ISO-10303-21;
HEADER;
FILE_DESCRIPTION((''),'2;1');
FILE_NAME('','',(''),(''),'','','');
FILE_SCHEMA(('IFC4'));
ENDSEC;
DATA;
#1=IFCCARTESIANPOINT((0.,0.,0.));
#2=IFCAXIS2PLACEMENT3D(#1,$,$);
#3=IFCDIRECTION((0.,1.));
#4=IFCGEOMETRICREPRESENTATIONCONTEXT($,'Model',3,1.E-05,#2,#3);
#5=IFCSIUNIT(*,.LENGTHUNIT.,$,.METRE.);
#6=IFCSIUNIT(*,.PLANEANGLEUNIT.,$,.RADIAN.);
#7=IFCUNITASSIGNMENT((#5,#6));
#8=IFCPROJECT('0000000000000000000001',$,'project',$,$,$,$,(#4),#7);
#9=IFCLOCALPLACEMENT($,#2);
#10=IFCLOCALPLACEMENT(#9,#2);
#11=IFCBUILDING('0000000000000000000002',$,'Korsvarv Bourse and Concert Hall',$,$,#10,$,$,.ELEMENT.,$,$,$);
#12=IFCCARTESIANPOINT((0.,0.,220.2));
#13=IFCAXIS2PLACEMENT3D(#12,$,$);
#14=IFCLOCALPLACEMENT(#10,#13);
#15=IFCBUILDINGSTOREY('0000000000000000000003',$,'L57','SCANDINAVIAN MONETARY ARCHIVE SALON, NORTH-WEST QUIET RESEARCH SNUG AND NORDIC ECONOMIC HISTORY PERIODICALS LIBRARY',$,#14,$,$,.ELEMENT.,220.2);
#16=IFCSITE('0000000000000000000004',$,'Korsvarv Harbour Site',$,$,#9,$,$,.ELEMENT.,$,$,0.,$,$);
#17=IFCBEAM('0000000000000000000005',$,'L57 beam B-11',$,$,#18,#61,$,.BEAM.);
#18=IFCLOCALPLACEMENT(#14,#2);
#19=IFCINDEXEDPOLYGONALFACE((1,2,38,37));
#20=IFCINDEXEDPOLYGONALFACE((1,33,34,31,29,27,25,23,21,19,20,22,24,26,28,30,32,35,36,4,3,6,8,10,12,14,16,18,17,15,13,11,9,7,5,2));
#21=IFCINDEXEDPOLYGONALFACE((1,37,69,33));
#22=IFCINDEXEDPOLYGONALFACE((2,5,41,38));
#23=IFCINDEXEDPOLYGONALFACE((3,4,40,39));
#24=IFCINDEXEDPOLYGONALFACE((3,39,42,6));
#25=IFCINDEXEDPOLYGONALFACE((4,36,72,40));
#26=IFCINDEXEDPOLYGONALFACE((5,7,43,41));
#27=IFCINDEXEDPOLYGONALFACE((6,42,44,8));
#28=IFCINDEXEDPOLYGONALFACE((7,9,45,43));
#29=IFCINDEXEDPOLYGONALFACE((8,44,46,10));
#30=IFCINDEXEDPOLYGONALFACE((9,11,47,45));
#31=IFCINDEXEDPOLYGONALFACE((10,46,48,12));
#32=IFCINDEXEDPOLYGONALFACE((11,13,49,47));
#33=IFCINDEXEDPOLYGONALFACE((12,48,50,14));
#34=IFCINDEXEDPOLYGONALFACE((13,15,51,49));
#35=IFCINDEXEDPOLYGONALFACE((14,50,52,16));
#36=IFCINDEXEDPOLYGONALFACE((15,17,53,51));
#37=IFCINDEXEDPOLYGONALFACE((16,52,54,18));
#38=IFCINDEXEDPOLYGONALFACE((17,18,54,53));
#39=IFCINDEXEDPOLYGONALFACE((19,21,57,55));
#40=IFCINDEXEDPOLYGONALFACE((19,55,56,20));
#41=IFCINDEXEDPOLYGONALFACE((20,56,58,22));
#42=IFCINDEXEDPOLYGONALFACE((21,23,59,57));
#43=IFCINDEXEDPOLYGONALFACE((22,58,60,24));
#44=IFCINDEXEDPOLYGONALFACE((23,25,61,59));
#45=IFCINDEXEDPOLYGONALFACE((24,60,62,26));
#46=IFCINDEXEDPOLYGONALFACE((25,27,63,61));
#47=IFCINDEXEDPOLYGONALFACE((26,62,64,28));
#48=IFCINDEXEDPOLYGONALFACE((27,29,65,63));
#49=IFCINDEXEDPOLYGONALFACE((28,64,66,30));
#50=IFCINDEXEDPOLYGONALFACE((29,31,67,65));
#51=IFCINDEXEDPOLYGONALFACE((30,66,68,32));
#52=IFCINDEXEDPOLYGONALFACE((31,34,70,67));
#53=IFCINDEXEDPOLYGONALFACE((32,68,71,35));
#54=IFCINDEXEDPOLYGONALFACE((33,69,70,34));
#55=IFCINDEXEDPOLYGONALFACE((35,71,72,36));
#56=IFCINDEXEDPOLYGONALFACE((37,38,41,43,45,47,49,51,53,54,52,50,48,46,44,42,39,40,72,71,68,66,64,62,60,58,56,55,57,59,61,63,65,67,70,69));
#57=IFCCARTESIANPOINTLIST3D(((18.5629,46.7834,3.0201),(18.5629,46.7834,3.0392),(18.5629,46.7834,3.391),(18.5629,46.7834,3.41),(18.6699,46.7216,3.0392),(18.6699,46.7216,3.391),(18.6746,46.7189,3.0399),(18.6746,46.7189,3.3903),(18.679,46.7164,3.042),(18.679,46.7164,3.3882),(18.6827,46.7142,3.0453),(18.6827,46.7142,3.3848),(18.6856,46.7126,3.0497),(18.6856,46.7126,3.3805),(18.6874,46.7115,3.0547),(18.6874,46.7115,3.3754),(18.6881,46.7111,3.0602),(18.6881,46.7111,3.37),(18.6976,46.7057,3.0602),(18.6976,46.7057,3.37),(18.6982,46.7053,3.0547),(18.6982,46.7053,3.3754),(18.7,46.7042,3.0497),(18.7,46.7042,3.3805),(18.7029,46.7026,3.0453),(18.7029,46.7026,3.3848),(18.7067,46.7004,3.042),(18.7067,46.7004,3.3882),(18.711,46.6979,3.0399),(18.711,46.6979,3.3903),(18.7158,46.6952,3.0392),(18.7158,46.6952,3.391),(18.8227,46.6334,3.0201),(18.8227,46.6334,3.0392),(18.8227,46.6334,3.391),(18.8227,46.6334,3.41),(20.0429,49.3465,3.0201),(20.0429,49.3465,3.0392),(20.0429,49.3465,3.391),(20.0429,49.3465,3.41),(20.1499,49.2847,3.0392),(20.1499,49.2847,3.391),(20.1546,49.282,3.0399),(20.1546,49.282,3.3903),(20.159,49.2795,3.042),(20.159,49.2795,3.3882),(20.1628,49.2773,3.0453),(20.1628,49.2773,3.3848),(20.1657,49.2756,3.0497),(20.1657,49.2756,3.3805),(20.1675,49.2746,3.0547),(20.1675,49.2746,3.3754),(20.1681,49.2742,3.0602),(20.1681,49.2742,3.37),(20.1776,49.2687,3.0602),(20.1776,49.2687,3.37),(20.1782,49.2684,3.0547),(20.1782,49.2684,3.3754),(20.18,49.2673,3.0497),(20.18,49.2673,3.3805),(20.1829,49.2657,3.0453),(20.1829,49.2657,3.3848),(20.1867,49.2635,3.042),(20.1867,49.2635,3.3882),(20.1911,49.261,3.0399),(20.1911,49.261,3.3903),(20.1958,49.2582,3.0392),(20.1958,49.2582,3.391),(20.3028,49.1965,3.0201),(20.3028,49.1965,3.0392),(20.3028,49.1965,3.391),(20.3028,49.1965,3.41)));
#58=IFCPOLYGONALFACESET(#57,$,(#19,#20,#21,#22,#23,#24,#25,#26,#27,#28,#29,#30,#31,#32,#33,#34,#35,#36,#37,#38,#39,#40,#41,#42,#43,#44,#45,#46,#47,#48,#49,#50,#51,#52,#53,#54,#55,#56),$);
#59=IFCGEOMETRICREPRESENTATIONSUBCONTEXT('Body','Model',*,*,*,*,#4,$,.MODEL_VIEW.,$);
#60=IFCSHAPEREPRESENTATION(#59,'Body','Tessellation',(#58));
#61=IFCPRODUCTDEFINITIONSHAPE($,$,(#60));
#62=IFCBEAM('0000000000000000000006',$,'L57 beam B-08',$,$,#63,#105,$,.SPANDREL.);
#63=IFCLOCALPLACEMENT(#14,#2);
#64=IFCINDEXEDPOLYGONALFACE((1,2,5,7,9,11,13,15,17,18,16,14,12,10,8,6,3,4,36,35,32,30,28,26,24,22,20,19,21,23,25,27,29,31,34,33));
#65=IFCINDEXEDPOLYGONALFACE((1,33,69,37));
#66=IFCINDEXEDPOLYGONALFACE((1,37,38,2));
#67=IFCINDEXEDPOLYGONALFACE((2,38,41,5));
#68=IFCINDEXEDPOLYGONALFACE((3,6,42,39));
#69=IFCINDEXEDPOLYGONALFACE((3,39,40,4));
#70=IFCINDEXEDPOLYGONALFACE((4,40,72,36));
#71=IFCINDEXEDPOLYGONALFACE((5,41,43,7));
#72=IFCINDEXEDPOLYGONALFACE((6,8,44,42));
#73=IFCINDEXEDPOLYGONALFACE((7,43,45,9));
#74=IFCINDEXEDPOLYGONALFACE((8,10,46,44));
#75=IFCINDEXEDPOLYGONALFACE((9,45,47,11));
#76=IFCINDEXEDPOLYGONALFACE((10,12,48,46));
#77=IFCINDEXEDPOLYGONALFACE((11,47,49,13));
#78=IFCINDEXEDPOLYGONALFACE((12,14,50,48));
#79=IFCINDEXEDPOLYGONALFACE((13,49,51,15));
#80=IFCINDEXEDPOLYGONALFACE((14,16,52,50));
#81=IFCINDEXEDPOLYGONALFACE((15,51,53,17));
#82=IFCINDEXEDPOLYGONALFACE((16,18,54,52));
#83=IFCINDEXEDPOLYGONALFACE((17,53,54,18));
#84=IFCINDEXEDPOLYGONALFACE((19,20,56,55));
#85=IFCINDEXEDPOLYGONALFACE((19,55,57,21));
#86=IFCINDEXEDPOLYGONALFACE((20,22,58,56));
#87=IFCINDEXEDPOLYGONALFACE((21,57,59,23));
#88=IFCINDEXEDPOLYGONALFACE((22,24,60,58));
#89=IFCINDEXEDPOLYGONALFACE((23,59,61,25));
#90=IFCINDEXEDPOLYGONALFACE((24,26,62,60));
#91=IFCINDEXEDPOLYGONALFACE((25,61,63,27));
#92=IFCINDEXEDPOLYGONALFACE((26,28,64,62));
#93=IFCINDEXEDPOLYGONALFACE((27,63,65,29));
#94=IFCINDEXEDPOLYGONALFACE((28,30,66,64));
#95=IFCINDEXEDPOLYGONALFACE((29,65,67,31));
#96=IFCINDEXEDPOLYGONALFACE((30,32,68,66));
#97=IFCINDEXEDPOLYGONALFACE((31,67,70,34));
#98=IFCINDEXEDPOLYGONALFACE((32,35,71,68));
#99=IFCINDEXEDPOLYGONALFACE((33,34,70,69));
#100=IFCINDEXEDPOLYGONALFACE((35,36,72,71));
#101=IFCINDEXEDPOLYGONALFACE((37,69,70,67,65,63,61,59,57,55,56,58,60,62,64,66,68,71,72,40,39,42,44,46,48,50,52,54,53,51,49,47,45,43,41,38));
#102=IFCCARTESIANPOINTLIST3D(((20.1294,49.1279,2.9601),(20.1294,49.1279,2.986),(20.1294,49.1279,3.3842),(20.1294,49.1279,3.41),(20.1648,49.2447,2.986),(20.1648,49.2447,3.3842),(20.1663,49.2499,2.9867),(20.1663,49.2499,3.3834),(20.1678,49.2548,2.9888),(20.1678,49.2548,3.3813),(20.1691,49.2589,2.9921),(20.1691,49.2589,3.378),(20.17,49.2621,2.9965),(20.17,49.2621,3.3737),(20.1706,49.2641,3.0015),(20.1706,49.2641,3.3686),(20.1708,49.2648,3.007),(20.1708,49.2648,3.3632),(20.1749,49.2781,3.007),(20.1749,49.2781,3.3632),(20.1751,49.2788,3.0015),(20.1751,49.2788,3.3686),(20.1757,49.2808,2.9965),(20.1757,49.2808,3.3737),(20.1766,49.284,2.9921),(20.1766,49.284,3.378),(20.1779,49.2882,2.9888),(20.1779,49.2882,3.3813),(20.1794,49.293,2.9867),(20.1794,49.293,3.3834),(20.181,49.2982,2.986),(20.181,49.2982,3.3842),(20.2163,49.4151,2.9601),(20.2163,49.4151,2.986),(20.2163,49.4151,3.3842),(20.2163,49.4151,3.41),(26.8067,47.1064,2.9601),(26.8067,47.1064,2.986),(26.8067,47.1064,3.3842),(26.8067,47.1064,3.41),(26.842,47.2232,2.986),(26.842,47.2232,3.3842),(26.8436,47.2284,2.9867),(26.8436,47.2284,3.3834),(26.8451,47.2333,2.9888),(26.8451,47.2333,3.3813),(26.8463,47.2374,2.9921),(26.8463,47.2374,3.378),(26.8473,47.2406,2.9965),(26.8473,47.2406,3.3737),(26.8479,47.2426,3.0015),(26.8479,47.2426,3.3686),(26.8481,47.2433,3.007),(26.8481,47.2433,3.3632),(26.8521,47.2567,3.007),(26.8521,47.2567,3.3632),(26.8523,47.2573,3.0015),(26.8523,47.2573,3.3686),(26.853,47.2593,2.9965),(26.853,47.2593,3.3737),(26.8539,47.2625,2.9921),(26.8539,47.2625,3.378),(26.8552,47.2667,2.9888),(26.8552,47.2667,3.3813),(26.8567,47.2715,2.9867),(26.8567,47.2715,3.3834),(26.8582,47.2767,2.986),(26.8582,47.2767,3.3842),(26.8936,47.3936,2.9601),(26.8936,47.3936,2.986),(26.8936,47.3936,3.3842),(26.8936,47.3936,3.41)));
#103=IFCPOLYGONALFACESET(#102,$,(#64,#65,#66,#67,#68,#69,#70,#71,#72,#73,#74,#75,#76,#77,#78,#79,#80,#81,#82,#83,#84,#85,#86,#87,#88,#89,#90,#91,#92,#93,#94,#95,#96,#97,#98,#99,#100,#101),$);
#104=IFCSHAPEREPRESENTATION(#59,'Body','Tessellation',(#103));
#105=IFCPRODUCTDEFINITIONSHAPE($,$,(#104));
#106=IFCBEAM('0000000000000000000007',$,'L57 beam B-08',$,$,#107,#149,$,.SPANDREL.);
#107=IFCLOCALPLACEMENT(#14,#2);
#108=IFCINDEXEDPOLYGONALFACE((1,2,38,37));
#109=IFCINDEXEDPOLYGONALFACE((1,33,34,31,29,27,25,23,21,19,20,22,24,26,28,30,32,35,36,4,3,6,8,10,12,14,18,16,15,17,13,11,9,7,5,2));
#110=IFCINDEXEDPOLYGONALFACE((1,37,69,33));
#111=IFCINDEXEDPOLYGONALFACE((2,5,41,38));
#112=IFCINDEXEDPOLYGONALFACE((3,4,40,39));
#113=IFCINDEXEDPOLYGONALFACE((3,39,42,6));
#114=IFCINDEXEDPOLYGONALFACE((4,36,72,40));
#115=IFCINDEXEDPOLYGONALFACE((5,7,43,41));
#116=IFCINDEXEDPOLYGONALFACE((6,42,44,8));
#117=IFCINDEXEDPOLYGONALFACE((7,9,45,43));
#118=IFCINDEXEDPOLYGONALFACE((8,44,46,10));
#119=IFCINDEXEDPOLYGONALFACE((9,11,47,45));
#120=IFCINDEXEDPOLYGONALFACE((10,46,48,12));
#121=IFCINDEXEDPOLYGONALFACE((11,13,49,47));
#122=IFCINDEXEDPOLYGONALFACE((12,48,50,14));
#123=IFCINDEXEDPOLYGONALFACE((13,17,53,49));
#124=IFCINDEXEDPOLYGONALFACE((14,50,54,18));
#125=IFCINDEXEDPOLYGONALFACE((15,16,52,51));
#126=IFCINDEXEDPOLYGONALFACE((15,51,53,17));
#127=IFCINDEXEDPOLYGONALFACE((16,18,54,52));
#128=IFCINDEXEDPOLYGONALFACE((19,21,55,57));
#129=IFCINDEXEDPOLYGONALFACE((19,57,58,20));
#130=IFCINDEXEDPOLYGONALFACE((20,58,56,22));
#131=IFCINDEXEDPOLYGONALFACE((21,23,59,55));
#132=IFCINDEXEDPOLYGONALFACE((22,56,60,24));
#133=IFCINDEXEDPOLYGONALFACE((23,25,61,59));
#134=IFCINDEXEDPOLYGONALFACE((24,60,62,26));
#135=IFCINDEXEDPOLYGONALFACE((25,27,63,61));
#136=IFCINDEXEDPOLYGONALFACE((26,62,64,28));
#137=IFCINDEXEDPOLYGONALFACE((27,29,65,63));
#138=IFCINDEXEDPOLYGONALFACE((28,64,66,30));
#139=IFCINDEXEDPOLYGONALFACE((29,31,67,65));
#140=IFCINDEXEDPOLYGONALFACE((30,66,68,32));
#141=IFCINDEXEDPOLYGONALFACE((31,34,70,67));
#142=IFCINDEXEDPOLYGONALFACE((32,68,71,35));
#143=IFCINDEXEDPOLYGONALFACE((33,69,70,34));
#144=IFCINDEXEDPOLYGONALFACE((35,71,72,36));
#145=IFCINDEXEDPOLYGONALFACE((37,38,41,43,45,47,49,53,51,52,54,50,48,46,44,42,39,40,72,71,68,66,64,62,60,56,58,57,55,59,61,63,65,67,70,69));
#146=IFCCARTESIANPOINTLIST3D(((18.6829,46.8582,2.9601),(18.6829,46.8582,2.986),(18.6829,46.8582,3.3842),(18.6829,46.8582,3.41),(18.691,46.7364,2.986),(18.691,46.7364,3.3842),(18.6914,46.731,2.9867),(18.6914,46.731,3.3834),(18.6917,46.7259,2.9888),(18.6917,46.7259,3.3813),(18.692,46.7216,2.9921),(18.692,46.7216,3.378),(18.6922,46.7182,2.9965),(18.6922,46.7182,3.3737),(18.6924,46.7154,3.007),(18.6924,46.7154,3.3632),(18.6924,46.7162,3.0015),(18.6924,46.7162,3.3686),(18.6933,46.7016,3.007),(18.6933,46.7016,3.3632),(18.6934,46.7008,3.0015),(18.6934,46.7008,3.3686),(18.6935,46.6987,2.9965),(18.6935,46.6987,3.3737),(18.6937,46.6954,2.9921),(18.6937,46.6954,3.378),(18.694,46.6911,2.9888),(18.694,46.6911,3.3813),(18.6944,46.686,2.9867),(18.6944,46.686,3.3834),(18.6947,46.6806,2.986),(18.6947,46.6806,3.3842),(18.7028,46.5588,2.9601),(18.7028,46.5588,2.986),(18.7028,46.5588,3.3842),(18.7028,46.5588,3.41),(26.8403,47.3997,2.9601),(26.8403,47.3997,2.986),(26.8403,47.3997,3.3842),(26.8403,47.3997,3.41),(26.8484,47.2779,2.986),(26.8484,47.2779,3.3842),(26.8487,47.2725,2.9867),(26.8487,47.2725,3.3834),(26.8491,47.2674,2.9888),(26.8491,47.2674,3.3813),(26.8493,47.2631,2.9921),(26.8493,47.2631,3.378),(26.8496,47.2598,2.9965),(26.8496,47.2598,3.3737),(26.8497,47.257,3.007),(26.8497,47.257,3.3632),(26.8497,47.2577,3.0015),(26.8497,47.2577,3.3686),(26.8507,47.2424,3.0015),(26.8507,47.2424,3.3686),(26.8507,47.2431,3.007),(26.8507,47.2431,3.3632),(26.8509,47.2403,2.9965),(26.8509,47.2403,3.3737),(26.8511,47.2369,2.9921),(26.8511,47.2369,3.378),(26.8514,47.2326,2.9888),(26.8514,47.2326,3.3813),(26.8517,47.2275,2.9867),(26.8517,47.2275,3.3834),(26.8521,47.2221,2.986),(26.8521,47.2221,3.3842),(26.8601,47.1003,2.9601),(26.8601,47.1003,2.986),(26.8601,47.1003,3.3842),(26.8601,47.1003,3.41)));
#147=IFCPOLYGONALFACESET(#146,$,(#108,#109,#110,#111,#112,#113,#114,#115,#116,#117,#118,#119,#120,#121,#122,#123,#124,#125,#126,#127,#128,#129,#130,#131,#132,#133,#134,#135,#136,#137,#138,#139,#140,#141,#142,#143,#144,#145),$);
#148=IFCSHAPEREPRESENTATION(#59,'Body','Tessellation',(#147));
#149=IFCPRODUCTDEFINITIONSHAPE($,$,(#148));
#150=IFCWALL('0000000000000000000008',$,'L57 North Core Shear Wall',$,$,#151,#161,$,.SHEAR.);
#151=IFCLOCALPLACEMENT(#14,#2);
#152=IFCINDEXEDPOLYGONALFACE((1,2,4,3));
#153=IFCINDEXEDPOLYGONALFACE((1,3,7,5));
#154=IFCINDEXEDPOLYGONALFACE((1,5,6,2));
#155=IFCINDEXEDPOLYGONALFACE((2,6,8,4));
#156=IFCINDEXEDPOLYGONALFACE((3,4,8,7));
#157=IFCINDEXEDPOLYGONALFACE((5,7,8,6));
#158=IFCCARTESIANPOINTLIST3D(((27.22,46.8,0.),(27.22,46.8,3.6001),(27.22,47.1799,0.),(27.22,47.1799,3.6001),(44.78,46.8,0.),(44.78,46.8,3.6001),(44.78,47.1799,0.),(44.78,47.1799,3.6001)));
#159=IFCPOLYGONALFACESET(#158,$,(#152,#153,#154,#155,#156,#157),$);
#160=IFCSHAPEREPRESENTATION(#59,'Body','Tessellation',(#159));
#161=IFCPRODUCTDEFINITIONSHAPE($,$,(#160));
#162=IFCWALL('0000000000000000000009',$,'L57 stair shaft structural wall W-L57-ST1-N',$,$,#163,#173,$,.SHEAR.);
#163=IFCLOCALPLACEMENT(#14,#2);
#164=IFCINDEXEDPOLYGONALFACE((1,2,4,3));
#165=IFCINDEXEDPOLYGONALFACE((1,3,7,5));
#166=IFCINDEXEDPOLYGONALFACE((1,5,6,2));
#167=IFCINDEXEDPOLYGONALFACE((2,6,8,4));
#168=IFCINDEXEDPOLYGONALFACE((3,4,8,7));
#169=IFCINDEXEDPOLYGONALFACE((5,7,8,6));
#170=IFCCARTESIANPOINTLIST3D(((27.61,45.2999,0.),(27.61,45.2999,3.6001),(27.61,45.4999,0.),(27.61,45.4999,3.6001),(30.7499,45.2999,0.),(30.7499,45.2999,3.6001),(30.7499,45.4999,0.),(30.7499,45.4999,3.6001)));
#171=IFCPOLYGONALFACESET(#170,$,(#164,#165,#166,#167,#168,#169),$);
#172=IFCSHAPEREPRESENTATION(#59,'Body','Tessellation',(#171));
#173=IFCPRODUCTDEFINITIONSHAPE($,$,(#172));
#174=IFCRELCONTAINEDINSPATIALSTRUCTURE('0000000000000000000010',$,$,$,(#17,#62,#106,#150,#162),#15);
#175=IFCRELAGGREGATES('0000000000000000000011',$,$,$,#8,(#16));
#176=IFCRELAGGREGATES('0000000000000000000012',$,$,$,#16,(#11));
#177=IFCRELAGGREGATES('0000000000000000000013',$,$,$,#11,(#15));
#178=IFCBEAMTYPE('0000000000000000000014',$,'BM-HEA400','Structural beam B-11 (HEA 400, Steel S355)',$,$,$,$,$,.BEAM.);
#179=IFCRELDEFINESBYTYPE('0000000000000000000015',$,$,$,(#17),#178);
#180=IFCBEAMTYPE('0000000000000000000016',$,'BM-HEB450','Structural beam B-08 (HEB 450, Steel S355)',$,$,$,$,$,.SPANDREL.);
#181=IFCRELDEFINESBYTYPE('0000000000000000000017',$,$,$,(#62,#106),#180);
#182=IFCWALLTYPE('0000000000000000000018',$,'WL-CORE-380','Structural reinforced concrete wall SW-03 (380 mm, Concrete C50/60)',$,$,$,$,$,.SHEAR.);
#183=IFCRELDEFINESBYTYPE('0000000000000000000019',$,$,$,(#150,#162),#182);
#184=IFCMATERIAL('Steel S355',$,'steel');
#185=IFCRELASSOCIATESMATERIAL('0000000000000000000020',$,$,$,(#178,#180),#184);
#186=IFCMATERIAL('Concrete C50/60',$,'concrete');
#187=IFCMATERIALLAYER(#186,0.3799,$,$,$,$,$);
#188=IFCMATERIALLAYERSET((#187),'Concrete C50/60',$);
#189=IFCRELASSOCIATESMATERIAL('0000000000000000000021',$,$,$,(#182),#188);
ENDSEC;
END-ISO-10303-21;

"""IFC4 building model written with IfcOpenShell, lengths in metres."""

from ifc_helpers import new_model, si_unit, direction, frame, frame_2d, origin, origin_2d, place, context, subcontext, project, spatial, rectangle, i_section, extrude, source, transform, mapped, material, layer, layer_set, material_profile, profile_set, type_object, element, save


model = new_model("IFC4")

# Units and contexts
model_context = context("Model", 3, precision=1e-05, world=origin(), true_north=direction((0.0, 1.0)))
body_context = subcontext(model_context, "Body", "Model", "MODEL_VIEW")
ifc_project = project(units=[si_unit("LENGTHUNIT", "METRE"), si_unit("PLANEANGLEUNIT", "RADIAN")], contexts=[model_context])

# Site, building, storey
site_placement = place(None, origin())
site = spatial("IfcSite", under=ifc_project, at=site_placement, Name="Korsvarv Harbour Site", CompositionType="ELEMENT", RefElevation=0.0)
building_placement = place(site_placement, origin())
building = spatial("IfcBuilding", under=site, at=building_placement, Name="Korsvarv Bourse and Concert Hall", CompositionType="ELEMENT")
storey_placement = place(building_placement, frame((0.0, 0.0, 220.2)))
storey = spatial("IfcBuildingStorey", under=building, at=storey_placement, Name="L57", Description="SCANDINAVIAN MONETARY ARCHIVE SALON, NORTH-WEST QUIET RESEARCH SNUG AND NORDIC ECONOMIC HISTORY PERIODICALS LIBRARY", CompositionType="ELEMENT", Elevation=220.2)

# Shared definitions
ifc_material_1 = material(Name="Steel S355", Category="steel")

# Beams
ifc_material_profile_1 = material_profile(ifc_material_1, i_section(OverallWidth=0.3, OverallDepth=0.3899, WebThickness=0.011, FlangeThickness=0.019, FilletRadius=0.021, at=origin_2d()), Name="HEA 400")
ifc_profile_set_1 = profile_set([ifc_material_profile_1], Name="Steel S355")
beam_type_1 = type_object("IfcBeamType", Name="BM-HEA400", Description="Structural beam B-11 (HEA 400, Steel S355)", PredefinedType="BEAM", material=ifc_profile_set_1)
shared_shape_1 = source(origin(), body_context, "Body", "SweptSolid", [
    extrude(i_section(OverallWidth=0.3, OverallDepth=0.3899, WebThickness=0.011, FlangeThickness=0.019, FilletRadius=0.021, at=origin_2d()), origin(), (0.0, 0.0, 1.0), 2.9597),
])
beam_1_placement = place(storey_placement, frame((20.1729, 49.2715, 3.2151), z_axis=(-0.50006, -0.865991, 0.0), x_axis=(0.865991, -0.50006, 0.0)))
element("IfcBeam", 1, at=beam_1_placement, inside=storey, type_object=beam_type_1, Name="L57 beam B-11", PredefinedType="BEAM", context=body_context, shape_type="MappedRepresentation", body=[
    mapped(shared_shape_1, transform((0.0, 0.0, 0.0), scale=1.0)),
])
ifc_material_profile_2 = material_profile(ifc_material_1, i_section(OverallWidth=0.3, OverallDepth=0.45, WebThickness=0.0139, FlangeThickness=0.0259, FilletRadius=0.021, at=origin_2d()), Name="HEB 450")
ifc_profile_set_2 = profile_set([ifc_material_profile_2], Name="Steel S355")
beam_type_2 = type_object("IfcBeamType", Name="BM-HEB450", Description="Structural beam B-08 (HEB 450, Steel S355)", PredefinedType="SPANDREL", material=ifc_profile_set_2)
shared_shape_2 = source(origin(), body_context, "Body", "SweptSolid", [
    extrude(i_section(OverallWidth=0.3, OverallDepth=0.45, WebThickness=0.0139, FlangeThickness=0.0259, FilletRadius=0.021, at=origin_2d()), origin(), (0.0, 0.0, 1.0), 6.9766),
])
beam_2_placement = place(storey_placement, frame((20.1729, 49.2715, 3.1851), z_axis=(0.957101, -0.289755, 0.0), x_axis=(0.289755, 0.957101, 0.0)))
element("IfcBeam", 2, at=beam_2_placement, inside=storey, type_object=beam_type_2, Name="L57 beam B-08", PredefinedType="SPANDREL", context=body_context, shape_type="MappedRepresentation", body=[
    mapped(shared_shape_2, transform((0.0, 0.0, 0.0), scale=1.0)),
])
shared_shape_3 = source(origin(), body_context, "Body", "SweptSolid", [
    extrude(i_section(OverallWidth=0.3, OverallDepth=0.45, WebThickness=0.0139, FlangeThickness=0.0259, FilletRadius=0.021, at=origin_2d()), origin(), (0.0, 0.0, 1.0), 8.1753),
])
beam_3_placement = place(storey_placement, frame((18.6929, 46.7085, 3.1851), z_axis=(0.997804, 0.066238, 0.0), x_axis=(-0.066238, 0.997804, 0.0)))
element("IfcBeam", 3, at=beam_3_placement, inside=storey, type_object=beam_type_2, Name="L57 beam B-08", PredefinedType="SPANDREL", context=body_context, shape_type="MappedRepresentation", body=[
    mapped(shared_shape_3, transform((0.0, 0.0, 0.0), scale=1.0)),
])

# Walls
ifc_material_2 = material(Name="Concrete C50/60", Category="concrete")
ifc_layer_1 = layer(ifc_material_2, 0.3799)
ifc_layer_set_1 = layer_set([ifc_layer_1], Name="Concrete C50/60")
wall_type_1 = type_object("IfcWallType", Name="WL-CORE-380", Description="Structural reinforced concrete wall SW-03 (380 mm, Concrete C50/60)", PredefinedType="SHEAR", material=ifc_layer_set_1)
wall_1_placement = place(storey_placement, frame((27.22, 46.99, 0.0), z_axis=(0.0, 0.0, 1.0), x_axis=(1.0, 0.0, 0.0)))
element("IfcWall", 4, at=wall_1_placement, inside=storey, type_object=wall_type_1, Name="L57 North Core Shear Wall", PredefinedType="SHEAR", context=body_context, shape_type="SweptSolid", body=[
    extrude(rectangle(XDim=17.5601, YDim=0.3799, at=frame_2d((8.78, 0.0))), origin(), (0.0, 0.0, 1.0), 3.6001),
])
wall_2_placement = place(storey_placement, frame((27.6101, 45.3999, 0.0), z_axis=(0.0, 0.0, 1.0), x_axis=(1.0, 0.0, 0.0)))
element("IfcWall", 5, at=wall_2_placement, inside=storey, type_object=wall_type_1, Name="L57 stair shaft structural wall W-L57-ST1-N", PredefinedType="SHEAR", context=body_context, shape_type="SweptSolid", body=[
    extrude(rectangle(XDim=3.1399, YDim=0.2, at=frame_2d((1.5698, 0.0))), origin(), (0.0, 0.0, 1.0), 3.6001),
])

save(model, "model.ifc")
